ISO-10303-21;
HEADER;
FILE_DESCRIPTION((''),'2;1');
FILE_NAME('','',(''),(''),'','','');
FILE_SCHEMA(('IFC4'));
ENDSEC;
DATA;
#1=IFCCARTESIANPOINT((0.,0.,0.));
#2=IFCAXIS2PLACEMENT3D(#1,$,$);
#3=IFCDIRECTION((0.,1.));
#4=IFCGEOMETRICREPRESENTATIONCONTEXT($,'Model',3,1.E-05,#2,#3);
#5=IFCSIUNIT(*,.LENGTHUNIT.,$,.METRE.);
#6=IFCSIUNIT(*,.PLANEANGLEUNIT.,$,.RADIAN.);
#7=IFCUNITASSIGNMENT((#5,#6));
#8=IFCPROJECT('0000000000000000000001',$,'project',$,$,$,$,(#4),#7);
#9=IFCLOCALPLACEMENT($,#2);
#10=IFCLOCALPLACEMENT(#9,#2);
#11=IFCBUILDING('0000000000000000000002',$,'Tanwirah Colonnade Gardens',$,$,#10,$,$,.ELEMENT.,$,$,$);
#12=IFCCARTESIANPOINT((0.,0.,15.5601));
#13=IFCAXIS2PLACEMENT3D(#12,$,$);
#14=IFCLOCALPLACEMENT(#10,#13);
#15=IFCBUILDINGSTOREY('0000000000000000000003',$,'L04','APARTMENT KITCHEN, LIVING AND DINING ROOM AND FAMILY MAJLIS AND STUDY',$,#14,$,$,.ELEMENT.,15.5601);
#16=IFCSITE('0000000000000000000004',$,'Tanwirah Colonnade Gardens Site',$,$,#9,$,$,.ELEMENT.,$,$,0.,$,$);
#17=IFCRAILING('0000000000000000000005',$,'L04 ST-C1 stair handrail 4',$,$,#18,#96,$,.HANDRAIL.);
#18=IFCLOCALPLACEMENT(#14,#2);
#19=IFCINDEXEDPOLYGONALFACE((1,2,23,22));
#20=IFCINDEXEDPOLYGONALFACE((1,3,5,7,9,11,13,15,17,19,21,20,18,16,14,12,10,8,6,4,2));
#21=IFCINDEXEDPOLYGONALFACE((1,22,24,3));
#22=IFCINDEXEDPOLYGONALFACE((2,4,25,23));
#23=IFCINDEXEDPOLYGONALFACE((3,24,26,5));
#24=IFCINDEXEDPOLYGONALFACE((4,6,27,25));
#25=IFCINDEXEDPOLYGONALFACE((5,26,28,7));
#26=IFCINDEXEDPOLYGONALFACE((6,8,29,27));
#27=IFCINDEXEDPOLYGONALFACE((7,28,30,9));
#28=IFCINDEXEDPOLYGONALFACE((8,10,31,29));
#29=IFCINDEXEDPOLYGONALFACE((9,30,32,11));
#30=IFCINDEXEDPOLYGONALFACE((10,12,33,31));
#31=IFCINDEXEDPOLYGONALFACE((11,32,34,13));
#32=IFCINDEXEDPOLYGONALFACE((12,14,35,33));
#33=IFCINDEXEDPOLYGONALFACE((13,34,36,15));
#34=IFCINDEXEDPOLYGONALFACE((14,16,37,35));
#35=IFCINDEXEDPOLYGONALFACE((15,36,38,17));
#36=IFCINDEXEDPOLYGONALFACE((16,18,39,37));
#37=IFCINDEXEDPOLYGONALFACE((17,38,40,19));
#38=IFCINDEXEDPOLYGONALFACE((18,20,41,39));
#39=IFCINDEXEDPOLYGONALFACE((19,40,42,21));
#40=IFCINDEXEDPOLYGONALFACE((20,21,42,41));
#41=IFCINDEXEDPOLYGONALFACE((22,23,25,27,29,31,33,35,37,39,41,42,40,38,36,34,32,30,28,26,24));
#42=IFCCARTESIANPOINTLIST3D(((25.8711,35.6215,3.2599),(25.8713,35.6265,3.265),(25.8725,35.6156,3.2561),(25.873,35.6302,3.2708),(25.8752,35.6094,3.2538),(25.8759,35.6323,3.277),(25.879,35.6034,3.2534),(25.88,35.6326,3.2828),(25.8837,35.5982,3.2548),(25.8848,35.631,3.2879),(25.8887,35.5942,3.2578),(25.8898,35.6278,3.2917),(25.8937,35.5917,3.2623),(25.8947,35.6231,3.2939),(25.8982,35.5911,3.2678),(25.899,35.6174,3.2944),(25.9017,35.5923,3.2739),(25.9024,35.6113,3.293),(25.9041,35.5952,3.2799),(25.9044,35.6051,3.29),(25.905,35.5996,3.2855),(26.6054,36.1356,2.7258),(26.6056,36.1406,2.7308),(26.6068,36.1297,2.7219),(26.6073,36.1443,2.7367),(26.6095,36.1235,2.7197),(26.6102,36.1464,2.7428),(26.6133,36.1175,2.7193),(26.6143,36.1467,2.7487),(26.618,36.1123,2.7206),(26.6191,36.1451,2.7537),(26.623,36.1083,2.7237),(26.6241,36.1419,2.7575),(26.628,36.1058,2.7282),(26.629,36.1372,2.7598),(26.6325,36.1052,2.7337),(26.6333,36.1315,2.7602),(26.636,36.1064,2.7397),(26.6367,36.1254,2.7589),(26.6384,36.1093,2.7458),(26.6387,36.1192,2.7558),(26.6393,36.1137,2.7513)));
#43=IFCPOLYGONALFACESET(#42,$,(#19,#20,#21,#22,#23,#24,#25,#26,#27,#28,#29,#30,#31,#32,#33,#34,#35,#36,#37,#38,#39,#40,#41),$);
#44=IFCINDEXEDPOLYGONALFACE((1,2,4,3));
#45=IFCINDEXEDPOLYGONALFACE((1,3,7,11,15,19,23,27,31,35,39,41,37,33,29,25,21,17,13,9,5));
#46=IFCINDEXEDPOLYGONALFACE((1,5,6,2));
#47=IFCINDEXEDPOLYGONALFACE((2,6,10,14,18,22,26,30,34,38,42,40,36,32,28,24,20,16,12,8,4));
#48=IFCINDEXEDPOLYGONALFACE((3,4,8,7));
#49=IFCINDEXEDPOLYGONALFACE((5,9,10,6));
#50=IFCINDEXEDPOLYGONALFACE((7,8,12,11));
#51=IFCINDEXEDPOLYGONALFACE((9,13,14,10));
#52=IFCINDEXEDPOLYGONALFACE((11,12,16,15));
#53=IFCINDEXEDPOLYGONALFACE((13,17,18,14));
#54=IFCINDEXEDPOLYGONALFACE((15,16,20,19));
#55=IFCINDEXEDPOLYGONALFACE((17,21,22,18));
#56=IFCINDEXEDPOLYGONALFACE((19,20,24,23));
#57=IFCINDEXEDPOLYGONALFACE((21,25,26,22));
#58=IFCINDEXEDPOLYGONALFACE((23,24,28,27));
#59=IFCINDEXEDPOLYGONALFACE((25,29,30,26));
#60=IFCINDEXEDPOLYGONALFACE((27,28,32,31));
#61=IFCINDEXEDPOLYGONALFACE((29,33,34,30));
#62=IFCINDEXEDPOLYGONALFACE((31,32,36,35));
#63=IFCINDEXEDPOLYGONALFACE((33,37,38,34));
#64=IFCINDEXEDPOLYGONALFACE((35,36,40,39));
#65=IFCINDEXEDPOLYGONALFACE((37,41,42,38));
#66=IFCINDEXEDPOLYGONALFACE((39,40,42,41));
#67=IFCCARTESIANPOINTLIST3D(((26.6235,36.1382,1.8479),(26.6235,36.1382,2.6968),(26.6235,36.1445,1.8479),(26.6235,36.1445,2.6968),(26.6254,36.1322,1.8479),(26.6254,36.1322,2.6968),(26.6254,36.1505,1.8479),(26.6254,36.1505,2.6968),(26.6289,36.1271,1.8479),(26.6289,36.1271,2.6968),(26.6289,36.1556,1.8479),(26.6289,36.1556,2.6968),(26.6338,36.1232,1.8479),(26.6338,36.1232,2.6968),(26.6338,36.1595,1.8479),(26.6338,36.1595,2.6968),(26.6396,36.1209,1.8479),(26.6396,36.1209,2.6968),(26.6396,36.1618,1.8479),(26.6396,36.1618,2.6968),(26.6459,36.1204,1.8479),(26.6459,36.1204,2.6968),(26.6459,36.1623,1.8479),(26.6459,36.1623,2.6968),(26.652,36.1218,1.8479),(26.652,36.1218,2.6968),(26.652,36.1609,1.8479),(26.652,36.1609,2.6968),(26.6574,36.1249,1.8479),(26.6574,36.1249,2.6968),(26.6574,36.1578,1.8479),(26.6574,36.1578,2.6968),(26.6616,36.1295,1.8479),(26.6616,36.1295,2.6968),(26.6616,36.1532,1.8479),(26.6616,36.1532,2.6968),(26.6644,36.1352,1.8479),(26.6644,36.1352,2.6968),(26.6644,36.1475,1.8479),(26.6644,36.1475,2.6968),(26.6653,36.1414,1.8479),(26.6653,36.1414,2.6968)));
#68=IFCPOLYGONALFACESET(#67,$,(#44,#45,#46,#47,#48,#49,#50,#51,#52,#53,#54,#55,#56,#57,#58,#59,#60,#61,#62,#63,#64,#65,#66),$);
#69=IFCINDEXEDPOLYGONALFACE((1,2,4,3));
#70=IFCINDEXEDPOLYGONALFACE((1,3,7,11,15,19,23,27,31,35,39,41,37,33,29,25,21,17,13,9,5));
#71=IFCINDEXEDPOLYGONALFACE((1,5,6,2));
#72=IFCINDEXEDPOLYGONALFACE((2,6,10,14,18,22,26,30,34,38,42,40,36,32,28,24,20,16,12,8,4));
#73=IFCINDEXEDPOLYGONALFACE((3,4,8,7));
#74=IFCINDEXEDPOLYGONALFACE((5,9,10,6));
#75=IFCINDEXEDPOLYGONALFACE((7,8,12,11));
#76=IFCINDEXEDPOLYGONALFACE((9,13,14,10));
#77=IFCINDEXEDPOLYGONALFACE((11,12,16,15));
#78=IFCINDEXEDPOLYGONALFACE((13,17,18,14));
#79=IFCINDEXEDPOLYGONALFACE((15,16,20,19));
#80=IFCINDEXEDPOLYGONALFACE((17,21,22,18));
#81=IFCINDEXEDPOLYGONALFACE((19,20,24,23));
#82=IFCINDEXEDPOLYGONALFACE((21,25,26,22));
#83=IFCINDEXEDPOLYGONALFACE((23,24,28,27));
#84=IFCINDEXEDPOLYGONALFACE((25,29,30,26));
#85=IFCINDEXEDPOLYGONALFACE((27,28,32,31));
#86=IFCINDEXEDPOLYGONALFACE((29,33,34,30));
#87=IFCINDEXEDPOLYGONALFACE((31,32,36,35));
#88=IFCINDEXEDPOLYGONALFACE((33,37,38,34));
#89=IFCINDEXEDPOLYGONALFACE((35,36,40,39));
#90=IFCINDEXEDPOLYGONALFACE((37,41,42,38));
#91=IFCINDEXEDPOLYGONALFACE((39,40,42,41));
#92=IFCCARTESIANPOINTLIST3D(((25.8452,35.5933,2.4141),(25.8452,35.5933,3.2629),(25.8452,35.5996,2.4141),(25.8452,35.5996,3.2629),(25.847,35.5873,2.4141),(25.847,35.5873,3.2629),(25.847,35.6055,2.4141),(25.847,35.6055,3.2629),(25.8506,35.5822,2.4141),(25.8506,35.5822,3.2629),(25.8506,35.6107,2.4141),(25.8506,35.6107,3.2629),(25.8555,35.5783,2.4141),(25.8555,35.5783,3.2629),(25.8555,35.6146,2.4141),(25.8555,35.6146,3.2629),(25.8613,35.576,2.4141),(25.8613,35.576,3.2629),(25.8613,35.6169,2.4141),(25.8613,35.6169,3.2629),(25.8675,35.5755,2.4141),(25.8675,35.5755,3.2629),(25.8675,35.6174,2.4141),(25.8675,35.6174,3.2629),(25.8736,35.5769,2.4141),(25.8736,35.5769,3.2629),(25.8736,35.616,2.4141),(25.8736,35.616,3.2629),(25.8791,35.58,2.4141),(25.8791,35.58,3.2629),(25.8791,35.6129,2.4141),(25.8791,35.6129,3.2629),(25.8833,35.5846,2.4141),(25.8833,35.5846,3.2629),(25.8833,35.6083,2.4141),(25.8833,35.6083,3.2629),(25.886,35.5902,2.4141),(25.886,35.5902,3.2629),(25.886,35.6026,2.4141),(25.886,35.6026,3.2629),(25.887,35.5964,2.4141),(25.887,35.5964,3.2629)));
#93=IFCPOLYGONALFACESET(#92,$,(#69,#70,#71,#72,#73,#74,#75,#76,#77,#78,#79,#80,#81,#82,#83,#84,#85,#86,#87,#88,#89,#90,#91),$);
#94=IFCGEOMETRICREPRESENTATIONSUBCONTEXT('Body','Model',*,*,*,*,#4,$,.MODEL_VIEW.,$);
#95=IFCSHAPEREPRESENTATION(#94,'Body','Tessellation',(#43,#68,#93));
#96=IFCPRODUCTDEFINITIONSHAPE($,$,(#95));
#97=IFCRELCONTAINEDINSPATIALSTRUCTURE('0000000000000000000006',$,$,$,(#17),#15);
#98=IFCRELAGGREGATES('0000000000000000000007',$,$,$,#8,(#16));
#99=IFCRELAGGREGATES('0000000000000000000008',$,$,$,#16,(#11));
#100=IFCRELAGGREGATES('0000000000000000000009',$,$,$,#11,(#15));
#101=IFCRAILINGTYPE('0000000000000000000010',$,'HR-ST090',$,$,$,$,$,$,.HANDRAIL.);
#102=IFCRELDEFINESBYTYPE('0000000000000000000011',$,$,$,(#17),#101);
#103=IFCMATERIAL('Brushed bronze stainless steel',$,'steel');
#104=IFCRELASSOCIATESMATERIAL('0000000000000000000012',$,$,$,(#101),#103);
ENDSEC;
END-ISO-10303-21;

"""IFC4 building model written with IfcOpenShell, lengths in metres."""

from ifc_helpers import new_model, si_unit, direction, frame, origin, origin_2d, place, context, subcontext, project, spatial, circle, extrude, material, type_object, element, save


model = new_model("IFC4")

# Units and contexts
model_context = context("Model", 3, precision=1e-05, world=origin(), true_north=direction((0.0, 1.0)))
body_context = subcontext(model_context, "Body", "Model", "MODEL_VIEW")
ifc_project = project(units=[si_unit("LENGTHUNIT", "METRE"), si_unit("PLANEANGLEUNIT", "RADIAN")], contexts=[model_context])

# Site, building, storey
site_placement = place(None, origin())
site = spatial("IfcSite", under=ifc_project, at=site_placement, Name="Tanwirah Colonnade Gardens Site", CompositionType="ELEMENT", RefElevation=0.0)
building_placement = place(site_placement, origin())
building = spatial("IfcBuilding", under=site, at=building_placement, Name="Tanwirah Colonnade Gardens", CompositionType="ELEMENT")
storey_placement = place(building_placement, frame((0.0, 0.0, 15.5601)))
storey = spatial("IfcBuildingStorey", under=building, at=storey_placement, Name="L04", Description="APARTMENT KITCHEN, LIVING AND DINING ROOM AND FAMILY MAJLIS AND STUDY", CompositionType="ELEMENT", Elevation=15.5601)

# Railing
ifc_material_1 = material(Name="Brushed bronze stainless steel", Category="steel")
railing_type_1 = type_object("IfcRailingType", Name="HR-ST090", PredefinedType="HANDRAIL", material=ifc_material_1)
railing_1_placement = place(storey_placement, frame((26.6443, 36.1414, 1.8479)))
element("IfcRailing", 1, at=railing_1_placement, inside=storey, type_object=railing_type_1, Name="L04 ST-C1 stair handrail 4", PredefinedType="HANDRAIL", context=body_context, shape_type="SweptSolid", body=[
    extrude(circle(Radius=0.0239, at=origin_2d()), frame((-0.022, -0.0154, 0.8918), z_axis=(-0.703718, -0.492691, 0.511895), x_axis=(0.573531, -0.819184, 0.0)), (0.0, 0.0, 1.0), 1.0435),
    extrude(circle(Radius=0.021, at=origin_2d()), origin(), (0.0, 0.0, 1.0), 0.8489),
    extrude(circle(Radius=0.021, at=origin_2d()), frame((-0.7783, -0.5449, 0.5662)), (0.0, 0.0, 1.0), 0.8489),
])

save(model, "model.ifc")
